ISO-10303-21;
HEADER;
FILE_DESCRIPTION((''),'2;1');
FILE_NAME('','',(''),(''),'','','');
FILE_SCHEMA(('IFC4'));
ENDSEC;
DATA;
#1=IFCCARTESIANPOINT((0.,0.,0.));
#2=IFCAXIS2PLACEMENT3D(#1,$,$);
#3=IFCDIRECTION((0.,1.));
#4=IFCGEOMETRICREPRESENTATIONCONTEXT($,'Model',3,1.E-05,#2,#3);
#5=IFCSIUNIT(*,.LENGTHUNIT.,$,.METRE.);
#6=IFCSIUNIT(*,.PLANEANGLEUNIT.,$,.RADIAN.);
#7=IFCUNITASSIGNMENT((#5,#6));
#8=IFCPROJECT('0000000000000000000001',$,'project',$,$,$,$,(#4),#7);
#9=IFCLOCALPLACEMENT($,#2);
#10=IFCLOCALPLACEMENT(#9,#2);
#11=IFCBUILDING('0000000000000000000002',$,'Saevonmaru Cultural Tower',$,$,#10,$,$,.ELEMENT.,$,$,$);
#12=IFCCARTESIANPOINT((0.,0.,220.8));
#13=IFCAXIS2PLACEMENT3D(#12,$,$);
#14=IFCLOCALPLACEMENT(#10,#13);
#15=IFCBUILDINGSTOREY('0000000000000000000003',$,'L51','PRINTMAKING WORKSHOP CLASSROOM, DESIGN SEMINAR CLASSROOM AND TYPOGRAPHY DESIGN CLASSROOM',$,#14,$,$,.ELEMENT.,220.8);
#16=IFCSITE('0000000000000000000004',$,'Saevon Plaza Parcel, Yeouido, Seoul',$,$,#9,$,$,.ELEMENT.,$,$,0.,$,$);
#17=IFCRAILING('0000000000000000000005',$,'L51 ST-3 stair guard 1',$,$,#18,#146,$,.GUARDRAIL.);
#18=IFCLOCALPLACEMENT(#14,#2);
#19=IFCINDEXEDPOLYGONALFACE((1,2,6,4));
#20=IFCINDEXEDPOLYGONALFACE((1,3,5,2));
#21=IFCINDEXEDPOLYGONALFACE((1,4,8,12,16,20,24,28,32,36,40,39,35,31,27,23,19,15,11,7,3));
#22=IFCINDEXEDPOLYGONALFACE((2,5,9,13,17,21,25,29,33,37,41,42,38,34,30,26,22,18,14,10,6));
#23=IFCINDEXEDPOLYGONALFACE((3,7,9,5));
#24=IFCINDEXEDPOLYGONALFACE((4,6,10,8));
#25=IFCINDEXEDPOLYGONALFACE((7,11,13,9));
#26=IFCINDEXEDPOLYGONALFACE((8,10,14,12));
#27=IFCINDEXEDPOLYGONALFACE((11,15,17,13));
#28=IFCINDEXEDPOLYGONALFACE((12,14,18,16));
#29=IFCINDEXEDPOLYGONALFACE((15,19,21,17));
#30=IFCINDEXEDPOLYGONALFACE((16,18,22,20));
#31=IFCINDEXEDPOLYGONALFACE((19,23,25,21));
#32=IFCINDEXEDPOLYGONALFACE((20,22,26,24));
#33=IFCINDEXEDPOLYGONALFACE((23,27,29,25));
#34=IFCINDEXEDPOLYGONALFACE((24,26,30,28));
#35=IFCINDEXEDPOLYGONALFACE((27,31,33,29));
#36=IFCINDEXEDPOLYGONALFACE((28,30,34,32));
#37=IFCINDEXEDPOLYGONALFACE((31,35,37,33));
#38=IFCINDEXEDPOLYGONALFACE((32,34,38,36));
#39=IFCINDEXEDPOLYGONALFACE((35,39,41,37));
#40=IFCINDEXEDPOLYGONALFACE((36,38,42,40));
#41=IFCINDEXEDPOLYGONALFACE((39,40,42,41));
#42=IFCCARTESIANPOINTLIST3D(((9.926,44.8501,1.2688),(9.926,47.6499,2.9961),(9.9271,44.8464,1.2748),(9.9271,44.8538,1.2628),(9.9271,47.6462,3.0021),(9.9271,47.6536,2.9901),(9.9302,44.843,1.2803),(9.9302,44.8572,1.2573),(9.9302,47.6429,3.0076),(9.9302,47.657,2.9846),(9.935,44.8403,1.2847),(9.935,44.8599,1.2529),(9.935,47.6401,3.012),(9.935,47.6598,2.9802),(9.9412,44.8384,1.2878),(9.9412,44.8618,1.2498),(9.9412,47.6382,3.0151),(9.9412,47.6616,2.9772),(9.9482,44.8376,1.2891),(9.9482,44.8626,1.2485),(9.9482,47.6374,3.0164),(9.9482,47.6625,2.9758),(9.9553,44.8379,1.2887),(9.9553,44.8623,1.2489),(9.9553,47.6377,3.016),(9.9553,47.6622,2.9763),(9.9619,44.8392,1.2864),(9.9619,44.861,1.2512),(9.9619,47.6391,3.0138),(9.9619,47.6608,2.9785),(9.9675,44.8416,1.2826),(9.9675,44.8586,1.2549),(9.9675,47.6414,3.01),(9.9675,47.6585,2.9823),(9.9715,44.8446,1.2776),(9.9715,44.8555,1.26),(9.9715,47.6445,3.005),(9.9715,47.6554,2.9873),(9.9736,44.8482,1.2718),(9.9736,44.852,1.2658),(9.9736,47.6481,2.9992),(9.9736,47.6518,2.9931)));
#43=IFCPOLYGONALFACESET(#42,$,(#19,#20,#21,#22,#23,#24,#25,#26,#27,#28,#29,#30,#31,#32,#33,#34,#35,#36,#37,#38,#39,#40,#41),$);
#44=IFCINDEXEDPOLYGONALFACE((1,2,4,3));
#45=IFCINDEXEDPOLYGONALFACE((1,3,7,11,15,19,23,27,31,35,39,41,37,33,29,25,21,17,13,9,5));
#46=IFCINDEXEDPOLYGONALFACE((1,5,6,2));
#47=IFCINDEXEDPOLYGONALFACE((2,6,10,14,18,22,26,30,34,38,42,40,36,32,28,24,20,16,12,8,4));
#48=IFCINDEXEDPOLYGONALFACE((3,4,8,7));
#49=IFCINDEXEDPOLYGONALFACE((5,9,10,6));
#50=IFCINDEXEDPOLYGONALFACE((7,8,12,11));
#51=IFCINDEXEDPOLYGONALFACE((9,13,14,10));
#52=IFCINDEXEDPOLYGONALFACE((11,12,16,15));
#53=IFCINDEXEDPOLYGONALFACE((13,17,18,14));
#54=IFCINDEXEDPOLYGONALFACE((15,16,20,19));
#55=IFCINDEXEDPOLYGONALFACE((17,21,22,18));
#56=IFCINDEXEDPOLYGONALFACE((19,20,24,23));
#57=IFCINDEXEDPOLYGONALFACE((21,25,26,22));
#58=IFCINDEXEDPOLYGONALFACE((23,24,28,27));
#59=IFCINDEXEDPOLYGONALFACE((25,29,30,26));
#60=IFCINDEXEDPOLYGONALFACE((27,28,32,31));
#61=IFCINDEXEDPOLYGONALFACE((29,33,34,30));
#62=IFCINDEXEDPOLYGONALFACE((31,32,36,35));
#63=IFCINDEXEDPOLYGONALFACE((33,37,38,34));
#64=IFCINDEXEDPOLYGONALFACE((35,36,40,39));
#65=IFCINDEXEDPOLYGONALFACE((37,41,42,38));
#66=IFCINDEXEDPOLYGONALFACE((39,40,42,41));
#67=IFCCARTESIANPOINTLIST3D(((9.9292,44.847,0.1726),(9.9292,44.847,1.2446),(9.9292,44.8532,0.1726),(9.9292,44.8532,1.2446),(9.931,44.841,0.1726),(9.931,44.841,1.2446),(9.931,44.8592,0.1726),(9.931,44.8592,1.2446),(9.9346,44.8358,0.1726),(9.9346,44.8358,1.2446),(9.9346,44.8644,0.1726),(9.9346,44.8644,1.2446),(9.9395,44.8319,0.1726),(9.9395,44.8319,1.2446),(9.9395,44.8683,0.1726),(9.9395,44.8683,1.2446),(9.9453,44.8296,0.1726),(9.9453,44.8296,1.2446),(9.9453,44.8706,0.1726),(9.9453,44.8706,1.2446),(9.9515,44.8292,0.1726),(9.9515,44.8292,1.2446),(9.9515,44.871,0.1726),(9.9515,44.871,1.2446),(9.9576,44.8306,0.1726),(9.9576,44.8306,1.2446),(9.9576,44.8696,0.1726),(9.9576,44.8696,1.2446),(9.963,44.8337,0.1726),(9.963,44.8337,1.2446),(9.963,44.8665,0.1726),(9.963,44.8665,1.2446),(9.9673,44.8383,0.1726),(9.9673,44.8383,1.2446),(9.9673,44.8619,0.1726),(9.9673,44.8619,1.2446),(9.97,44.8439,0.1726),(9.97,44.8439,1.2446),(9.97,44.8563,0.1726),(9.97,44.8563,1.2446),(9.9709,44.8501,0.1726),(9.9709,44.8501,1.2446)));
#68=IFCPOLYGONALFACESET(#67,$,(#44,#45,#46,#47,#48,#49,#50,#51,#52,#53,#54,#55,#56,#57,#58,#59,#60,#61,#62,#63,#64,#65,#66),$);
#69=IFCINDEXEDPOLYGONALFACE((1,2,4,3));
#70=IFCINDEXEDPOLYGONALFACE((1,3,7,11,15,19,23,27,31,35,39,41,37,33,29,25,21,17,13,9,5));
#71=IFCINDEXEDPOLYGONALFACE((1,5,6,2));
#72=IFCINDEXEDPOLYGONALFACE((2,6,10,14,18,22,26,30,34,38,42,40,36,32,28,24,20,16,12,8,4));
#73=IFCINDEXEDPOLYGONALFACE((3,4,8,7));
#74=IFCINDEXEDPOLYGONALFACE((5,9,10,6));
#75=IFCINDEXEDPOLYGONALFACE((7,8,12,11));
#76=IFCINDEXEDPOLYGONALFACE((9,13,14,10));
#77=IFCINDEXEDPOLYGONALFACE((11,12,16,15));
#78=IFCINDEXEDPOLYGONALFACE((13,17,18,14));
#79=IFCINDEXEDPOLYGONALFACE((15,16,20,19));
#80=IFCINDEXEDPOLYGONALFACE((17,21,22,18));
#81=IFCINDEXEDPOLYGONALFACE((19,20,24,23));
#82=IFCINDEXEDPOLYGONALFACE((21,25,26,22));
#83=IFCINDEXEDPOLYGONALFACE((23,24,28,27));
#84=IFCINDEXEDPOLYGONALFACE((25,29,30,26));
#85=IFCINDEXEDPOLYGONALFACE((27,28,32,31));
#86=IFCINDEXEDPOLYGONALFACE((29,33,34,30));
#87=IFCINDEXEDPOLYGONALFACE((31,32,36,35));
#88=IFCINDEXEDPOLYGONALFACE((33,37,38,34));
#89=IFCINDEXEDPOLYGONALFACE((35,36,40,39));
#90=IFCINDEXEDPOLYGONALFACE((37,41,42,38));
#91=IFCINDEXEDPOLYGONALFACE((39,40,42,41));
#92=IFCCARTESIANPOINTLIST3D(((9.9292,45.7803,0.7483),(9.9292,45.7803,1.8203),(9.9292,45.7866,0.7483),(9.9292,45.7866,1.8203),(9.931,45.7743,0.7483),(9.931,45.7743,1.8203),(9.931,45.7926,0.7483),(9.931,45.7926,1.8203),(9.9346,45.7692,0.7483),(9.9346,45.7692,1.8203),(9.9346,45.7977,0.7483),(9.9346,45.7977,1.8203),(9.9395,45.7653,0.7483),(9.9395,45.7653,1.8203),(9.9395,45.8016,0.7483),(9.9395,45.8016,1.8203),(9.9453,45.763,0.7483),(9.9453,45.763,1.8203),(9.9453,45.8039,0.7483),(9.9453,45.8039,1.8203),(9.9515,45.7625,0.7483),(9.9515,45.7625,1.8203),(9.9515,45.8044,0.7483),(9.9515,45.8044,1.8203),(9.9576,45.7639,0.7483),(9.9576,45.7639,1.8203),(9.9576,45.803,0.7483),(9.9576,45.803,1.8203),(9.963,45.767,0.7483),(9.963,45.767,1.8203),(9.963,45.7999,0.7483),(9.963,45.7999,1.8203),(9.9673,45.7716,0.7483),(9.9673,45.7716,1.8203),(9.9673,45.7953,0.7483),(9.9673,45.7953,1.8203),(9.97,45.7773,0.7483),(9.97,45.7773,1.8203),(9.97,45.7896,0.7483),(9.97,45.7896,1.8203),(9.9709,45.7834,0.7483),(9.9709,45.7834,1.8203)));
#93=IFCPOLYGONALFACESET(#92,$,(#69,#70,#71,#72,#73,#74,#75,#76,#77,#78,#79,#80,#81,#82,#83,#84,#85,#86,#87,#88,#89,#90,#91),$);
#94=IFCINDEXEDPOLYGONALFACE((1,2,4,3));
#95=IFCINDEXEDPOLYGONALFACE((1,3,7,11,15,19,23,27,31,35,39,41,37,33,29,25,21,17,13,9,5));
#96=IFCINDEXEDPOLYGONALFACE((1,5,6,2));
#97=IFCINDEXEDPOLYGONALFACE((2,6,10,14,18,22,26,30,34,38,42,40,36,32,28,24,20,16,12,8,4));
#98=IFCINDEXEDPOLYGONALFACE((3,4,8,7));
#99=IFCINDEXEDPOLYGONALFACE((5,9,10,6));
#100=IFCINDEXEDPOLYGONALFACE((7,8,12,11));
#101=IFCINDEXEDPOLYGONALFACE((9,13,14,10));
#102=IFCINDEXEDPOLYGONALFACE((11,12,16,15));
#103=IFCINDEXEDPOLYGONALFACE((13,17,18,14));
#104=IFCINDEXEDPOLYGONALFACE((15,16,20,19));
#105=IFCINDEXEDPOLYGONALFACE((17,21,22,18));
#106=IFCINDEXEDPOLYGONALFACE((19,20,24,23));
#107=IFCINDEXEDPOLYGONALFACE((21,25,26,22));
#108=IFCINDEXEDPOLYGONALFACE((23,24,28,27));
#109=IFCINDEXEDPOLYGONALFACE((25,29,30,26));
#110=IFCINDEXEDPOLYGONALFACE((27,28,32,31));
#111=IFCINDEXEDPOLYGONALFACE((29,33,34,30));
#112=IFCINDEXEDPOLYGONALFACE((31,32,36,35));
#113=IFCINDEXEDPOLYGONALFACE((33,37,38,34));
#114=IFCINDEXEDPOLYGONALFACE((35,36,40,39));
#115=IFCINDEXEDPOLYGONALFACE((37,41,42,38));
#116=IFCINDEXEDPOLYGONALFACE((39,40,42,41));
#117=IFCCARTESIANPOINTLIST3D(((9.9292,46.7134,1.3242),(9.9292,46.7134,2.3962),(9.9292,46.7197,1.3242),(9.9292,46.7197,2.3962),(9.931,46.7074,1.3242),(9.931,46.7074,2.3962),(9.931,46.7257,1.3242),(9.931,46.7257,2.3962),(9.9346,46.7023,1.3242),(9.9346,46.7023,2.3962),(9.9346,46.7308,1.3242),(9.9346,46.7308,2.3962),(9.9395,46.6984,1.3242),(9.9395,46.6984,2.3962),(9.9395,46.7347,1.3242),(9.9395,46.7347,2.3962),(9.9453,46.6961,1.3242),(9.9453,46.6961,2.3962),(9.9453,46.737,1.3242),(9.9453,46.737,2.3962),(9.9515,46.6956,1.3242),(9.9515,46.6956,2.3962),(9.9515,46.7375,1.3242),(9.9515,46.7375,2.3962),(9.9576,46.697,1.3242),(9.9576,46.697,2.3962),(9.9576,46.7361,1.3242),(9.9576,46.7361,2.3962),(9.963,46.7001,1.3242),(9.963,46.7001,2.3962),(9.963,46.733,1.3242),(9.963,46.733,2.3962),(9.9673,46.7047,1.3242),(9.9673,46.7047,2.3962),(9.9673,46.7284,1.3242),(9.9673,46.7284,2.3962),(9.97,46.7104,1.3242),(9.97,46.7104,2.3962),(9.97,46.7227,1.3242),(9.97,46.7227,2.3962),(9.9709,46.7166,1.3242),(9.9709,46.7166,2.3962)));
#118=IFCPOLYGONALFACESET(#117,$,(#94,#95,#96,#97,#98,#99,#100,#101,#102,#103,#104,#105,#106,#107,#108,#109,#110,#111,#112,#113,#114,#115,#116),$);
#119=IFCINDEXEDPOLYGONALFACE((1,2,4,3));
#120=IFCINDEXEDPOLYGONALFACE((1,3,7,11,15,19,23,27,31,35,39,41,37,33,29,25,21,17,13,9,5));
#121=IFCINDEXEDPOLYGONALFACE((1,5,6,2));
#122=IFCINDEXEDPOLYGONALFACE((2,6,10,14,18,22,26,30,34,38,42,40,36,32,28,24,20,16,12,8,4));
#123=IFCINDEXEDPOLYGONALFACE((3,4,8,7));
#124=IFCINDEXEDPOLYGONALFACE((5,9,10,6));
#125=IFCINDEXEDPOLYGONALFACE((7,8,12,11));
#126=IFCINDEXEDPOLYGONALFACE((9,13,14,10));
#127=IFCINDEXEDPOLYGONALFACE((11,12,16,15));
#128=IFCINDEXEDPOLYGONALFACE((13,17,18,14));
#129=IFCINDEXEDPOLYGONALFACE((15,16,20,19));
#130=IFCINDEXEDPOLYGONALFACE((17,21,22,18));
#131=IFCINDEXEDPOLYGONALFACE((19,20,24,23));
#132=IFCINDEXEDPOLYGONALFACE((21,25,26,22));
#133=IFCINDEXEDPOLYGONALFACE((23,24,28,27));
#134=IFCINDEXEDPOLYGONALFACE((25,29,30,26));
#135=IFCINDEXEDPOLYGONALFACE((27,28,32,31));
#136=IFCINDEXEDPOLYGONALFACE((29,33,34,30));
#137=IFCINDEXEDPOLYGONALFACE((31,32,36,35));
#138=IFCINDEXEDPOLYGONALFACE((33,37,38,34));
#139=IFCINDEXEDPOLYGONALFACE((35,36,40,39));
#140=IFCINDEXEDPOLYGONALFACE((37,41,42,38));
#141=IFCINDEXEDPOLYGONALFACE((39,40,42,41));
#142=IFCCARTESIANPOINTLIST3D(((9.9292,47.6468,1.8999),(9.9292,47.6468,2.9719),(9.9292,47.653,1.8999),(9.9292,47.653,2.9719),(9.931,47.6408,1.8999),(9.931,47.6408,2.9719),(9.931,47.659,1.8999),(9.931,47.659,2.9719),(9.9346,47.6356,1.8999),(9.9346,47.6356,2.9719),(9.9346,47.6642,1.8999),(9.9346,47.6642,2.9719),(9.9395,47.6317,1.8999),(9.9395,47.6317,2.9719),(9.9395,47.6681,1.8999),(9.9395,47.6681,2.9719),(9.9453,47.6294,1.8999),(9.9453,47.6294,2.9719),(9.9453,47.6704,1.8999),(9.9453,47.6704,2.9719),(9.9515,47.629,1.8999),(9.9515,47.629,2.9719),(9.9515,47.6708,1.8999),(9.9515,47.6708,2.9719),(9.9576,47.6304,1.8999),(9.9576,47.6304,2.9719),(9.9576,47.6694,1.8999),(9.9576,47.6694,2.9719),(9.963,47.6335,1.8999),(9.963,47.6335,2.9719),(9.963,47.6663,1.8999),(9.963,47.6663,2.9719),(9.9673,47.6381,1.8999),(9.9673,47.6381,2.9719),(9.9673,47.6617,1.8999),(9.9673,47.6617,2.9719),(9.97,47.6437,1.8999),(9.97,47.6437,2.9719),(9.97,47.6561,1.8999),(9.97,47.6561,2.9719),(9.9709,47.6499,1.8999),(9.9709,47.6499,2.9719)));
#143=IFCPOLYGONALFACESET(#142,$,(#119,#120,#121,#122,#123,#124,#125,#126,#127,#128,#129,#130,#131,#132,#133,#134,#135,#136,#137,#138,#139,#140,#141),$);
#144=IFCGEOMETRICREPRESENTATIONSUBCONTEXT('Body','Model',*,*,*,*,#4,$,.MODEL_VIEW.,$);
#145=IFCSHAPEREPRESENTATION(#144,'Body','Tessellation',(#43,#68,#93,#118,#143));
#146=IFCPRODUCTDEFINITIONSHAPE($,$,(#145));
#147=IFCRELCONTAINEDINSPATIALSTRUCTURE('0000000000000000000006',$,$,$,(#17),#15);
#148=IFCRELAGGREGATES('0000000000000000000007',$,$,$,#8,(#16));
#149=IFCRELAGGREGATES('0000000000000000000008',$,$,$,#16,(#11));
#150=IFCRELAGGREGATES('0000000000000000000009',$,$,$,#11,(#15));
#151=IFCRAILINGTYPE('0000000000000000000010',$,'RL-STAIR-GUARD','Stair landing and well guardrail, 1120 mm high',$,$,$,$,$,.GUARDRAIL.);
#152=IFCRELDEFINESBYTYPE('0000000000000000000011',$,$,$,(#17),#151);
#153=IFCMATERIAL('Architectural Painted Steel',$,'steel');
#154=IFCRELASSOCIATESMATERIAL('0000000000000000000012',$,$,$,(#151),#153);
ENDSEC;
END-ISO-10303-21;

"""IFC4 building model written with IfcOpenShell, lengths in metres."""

from ifc_helpers import new_model, si_unit, direction, frame, origin, origin_2d, place, context, subcontext, project, spatial, circle, extrude, material, type_object, element, save


model = new_model("IFC4")

# Units and contexts
model_context = context("Model", 3, precision=1e-05, world=origin(), true_north=direction((0.0, 1.0)))
body_context = subcontext(model_context, "Body", "Model", "MODEL_VIEW")
ifc_project = project(units=[si_unit("LENGTHUNIT", "METRE"), si_unit("PLANEANGLEUNIT", "RADIAN")], contexts=[model_context])

# Site, building, storey
site_placement = place(None, origin())
site = spatial("IfcSite", under=ifc_project, at=site_placement, Name="Saevon Plaza Parcel, Yeouido, Seoul", CompositionType="ELEMENT", RefElevation=0.0)
building_placement = place(site_placement, origin())
building = spatial("IfcBuilding", under=site, at=building_placement, Name="Saevonmaru Cultural Tower", CompositionType="ELEMENT")
storey_placement = place(building_placement, frame((0.0, 0.0, 220.8)))
storey = spatial("IfcBuildingStorey", under=building, at=storey_placement, Name="L51", Description="PRINTMAKING WORKSHOP CLASSROOM, DESIGN SEMINAR CLASSROOM AND TYPOGRAPHY DESIGN CLASSROOM", CompositionType="ELEMENT", Elevation=220.8)

# Railing
ifc_material_1 = material(Name="Architectural Painted Steel", Category="steel")
railing_type_1 = type_object("IfcRailingType", Name="RL-STAIR-GUARD", Description="Stair landing and well guardrail, 1120 mm high", PredefinedType="GUARDRAIL", material=ifc_material_1)
railing_1_placement = place(storey_placement, frame((9.95, 44.8501, 0.1726)))
element("IfcRailing", 1, at=railing_1_placement, inside=storey, type_object=railing_type_1, Name="L51 ST-3 stair guard 1", PredefinedType="GUARDRAIL", context=body_context, shape_type="SweptSolid", body=[
    extrude(circle(Radius=0.0239, at=origin_2d()), frame((0.0, 0.0, 1.0962), z_axis=(0.0, 0.851069, 0.525054), x_axis=(-1.0, 0.0, 0.0)), (0.0, 0.0, 1.0), 3.2898),
    extrude(circle(Radius=0.021, at=origin_2d()), origin(), (0.0, 0.0, 1.0), 1.072),
    extrude(circle(Radius=0.021, at=origin_2d()), frame((0.0, 0.9333, 0.5757)), (0.0, 0.0, 1.0), 1.072),
    extrude(circle(Radius=0.021, at=origin_2d()), frame((0.0, 1.8665, 1.1516)), (0.0, 0.0, 1.0), 1.072),
    extrude(circle(Radius=0.021, at=origin_2d()), frame((0.0, 2.7998, 1.7273)), (0.0, 0.0, 1.0), 1.072),
])

save(model, "model.ifc")
